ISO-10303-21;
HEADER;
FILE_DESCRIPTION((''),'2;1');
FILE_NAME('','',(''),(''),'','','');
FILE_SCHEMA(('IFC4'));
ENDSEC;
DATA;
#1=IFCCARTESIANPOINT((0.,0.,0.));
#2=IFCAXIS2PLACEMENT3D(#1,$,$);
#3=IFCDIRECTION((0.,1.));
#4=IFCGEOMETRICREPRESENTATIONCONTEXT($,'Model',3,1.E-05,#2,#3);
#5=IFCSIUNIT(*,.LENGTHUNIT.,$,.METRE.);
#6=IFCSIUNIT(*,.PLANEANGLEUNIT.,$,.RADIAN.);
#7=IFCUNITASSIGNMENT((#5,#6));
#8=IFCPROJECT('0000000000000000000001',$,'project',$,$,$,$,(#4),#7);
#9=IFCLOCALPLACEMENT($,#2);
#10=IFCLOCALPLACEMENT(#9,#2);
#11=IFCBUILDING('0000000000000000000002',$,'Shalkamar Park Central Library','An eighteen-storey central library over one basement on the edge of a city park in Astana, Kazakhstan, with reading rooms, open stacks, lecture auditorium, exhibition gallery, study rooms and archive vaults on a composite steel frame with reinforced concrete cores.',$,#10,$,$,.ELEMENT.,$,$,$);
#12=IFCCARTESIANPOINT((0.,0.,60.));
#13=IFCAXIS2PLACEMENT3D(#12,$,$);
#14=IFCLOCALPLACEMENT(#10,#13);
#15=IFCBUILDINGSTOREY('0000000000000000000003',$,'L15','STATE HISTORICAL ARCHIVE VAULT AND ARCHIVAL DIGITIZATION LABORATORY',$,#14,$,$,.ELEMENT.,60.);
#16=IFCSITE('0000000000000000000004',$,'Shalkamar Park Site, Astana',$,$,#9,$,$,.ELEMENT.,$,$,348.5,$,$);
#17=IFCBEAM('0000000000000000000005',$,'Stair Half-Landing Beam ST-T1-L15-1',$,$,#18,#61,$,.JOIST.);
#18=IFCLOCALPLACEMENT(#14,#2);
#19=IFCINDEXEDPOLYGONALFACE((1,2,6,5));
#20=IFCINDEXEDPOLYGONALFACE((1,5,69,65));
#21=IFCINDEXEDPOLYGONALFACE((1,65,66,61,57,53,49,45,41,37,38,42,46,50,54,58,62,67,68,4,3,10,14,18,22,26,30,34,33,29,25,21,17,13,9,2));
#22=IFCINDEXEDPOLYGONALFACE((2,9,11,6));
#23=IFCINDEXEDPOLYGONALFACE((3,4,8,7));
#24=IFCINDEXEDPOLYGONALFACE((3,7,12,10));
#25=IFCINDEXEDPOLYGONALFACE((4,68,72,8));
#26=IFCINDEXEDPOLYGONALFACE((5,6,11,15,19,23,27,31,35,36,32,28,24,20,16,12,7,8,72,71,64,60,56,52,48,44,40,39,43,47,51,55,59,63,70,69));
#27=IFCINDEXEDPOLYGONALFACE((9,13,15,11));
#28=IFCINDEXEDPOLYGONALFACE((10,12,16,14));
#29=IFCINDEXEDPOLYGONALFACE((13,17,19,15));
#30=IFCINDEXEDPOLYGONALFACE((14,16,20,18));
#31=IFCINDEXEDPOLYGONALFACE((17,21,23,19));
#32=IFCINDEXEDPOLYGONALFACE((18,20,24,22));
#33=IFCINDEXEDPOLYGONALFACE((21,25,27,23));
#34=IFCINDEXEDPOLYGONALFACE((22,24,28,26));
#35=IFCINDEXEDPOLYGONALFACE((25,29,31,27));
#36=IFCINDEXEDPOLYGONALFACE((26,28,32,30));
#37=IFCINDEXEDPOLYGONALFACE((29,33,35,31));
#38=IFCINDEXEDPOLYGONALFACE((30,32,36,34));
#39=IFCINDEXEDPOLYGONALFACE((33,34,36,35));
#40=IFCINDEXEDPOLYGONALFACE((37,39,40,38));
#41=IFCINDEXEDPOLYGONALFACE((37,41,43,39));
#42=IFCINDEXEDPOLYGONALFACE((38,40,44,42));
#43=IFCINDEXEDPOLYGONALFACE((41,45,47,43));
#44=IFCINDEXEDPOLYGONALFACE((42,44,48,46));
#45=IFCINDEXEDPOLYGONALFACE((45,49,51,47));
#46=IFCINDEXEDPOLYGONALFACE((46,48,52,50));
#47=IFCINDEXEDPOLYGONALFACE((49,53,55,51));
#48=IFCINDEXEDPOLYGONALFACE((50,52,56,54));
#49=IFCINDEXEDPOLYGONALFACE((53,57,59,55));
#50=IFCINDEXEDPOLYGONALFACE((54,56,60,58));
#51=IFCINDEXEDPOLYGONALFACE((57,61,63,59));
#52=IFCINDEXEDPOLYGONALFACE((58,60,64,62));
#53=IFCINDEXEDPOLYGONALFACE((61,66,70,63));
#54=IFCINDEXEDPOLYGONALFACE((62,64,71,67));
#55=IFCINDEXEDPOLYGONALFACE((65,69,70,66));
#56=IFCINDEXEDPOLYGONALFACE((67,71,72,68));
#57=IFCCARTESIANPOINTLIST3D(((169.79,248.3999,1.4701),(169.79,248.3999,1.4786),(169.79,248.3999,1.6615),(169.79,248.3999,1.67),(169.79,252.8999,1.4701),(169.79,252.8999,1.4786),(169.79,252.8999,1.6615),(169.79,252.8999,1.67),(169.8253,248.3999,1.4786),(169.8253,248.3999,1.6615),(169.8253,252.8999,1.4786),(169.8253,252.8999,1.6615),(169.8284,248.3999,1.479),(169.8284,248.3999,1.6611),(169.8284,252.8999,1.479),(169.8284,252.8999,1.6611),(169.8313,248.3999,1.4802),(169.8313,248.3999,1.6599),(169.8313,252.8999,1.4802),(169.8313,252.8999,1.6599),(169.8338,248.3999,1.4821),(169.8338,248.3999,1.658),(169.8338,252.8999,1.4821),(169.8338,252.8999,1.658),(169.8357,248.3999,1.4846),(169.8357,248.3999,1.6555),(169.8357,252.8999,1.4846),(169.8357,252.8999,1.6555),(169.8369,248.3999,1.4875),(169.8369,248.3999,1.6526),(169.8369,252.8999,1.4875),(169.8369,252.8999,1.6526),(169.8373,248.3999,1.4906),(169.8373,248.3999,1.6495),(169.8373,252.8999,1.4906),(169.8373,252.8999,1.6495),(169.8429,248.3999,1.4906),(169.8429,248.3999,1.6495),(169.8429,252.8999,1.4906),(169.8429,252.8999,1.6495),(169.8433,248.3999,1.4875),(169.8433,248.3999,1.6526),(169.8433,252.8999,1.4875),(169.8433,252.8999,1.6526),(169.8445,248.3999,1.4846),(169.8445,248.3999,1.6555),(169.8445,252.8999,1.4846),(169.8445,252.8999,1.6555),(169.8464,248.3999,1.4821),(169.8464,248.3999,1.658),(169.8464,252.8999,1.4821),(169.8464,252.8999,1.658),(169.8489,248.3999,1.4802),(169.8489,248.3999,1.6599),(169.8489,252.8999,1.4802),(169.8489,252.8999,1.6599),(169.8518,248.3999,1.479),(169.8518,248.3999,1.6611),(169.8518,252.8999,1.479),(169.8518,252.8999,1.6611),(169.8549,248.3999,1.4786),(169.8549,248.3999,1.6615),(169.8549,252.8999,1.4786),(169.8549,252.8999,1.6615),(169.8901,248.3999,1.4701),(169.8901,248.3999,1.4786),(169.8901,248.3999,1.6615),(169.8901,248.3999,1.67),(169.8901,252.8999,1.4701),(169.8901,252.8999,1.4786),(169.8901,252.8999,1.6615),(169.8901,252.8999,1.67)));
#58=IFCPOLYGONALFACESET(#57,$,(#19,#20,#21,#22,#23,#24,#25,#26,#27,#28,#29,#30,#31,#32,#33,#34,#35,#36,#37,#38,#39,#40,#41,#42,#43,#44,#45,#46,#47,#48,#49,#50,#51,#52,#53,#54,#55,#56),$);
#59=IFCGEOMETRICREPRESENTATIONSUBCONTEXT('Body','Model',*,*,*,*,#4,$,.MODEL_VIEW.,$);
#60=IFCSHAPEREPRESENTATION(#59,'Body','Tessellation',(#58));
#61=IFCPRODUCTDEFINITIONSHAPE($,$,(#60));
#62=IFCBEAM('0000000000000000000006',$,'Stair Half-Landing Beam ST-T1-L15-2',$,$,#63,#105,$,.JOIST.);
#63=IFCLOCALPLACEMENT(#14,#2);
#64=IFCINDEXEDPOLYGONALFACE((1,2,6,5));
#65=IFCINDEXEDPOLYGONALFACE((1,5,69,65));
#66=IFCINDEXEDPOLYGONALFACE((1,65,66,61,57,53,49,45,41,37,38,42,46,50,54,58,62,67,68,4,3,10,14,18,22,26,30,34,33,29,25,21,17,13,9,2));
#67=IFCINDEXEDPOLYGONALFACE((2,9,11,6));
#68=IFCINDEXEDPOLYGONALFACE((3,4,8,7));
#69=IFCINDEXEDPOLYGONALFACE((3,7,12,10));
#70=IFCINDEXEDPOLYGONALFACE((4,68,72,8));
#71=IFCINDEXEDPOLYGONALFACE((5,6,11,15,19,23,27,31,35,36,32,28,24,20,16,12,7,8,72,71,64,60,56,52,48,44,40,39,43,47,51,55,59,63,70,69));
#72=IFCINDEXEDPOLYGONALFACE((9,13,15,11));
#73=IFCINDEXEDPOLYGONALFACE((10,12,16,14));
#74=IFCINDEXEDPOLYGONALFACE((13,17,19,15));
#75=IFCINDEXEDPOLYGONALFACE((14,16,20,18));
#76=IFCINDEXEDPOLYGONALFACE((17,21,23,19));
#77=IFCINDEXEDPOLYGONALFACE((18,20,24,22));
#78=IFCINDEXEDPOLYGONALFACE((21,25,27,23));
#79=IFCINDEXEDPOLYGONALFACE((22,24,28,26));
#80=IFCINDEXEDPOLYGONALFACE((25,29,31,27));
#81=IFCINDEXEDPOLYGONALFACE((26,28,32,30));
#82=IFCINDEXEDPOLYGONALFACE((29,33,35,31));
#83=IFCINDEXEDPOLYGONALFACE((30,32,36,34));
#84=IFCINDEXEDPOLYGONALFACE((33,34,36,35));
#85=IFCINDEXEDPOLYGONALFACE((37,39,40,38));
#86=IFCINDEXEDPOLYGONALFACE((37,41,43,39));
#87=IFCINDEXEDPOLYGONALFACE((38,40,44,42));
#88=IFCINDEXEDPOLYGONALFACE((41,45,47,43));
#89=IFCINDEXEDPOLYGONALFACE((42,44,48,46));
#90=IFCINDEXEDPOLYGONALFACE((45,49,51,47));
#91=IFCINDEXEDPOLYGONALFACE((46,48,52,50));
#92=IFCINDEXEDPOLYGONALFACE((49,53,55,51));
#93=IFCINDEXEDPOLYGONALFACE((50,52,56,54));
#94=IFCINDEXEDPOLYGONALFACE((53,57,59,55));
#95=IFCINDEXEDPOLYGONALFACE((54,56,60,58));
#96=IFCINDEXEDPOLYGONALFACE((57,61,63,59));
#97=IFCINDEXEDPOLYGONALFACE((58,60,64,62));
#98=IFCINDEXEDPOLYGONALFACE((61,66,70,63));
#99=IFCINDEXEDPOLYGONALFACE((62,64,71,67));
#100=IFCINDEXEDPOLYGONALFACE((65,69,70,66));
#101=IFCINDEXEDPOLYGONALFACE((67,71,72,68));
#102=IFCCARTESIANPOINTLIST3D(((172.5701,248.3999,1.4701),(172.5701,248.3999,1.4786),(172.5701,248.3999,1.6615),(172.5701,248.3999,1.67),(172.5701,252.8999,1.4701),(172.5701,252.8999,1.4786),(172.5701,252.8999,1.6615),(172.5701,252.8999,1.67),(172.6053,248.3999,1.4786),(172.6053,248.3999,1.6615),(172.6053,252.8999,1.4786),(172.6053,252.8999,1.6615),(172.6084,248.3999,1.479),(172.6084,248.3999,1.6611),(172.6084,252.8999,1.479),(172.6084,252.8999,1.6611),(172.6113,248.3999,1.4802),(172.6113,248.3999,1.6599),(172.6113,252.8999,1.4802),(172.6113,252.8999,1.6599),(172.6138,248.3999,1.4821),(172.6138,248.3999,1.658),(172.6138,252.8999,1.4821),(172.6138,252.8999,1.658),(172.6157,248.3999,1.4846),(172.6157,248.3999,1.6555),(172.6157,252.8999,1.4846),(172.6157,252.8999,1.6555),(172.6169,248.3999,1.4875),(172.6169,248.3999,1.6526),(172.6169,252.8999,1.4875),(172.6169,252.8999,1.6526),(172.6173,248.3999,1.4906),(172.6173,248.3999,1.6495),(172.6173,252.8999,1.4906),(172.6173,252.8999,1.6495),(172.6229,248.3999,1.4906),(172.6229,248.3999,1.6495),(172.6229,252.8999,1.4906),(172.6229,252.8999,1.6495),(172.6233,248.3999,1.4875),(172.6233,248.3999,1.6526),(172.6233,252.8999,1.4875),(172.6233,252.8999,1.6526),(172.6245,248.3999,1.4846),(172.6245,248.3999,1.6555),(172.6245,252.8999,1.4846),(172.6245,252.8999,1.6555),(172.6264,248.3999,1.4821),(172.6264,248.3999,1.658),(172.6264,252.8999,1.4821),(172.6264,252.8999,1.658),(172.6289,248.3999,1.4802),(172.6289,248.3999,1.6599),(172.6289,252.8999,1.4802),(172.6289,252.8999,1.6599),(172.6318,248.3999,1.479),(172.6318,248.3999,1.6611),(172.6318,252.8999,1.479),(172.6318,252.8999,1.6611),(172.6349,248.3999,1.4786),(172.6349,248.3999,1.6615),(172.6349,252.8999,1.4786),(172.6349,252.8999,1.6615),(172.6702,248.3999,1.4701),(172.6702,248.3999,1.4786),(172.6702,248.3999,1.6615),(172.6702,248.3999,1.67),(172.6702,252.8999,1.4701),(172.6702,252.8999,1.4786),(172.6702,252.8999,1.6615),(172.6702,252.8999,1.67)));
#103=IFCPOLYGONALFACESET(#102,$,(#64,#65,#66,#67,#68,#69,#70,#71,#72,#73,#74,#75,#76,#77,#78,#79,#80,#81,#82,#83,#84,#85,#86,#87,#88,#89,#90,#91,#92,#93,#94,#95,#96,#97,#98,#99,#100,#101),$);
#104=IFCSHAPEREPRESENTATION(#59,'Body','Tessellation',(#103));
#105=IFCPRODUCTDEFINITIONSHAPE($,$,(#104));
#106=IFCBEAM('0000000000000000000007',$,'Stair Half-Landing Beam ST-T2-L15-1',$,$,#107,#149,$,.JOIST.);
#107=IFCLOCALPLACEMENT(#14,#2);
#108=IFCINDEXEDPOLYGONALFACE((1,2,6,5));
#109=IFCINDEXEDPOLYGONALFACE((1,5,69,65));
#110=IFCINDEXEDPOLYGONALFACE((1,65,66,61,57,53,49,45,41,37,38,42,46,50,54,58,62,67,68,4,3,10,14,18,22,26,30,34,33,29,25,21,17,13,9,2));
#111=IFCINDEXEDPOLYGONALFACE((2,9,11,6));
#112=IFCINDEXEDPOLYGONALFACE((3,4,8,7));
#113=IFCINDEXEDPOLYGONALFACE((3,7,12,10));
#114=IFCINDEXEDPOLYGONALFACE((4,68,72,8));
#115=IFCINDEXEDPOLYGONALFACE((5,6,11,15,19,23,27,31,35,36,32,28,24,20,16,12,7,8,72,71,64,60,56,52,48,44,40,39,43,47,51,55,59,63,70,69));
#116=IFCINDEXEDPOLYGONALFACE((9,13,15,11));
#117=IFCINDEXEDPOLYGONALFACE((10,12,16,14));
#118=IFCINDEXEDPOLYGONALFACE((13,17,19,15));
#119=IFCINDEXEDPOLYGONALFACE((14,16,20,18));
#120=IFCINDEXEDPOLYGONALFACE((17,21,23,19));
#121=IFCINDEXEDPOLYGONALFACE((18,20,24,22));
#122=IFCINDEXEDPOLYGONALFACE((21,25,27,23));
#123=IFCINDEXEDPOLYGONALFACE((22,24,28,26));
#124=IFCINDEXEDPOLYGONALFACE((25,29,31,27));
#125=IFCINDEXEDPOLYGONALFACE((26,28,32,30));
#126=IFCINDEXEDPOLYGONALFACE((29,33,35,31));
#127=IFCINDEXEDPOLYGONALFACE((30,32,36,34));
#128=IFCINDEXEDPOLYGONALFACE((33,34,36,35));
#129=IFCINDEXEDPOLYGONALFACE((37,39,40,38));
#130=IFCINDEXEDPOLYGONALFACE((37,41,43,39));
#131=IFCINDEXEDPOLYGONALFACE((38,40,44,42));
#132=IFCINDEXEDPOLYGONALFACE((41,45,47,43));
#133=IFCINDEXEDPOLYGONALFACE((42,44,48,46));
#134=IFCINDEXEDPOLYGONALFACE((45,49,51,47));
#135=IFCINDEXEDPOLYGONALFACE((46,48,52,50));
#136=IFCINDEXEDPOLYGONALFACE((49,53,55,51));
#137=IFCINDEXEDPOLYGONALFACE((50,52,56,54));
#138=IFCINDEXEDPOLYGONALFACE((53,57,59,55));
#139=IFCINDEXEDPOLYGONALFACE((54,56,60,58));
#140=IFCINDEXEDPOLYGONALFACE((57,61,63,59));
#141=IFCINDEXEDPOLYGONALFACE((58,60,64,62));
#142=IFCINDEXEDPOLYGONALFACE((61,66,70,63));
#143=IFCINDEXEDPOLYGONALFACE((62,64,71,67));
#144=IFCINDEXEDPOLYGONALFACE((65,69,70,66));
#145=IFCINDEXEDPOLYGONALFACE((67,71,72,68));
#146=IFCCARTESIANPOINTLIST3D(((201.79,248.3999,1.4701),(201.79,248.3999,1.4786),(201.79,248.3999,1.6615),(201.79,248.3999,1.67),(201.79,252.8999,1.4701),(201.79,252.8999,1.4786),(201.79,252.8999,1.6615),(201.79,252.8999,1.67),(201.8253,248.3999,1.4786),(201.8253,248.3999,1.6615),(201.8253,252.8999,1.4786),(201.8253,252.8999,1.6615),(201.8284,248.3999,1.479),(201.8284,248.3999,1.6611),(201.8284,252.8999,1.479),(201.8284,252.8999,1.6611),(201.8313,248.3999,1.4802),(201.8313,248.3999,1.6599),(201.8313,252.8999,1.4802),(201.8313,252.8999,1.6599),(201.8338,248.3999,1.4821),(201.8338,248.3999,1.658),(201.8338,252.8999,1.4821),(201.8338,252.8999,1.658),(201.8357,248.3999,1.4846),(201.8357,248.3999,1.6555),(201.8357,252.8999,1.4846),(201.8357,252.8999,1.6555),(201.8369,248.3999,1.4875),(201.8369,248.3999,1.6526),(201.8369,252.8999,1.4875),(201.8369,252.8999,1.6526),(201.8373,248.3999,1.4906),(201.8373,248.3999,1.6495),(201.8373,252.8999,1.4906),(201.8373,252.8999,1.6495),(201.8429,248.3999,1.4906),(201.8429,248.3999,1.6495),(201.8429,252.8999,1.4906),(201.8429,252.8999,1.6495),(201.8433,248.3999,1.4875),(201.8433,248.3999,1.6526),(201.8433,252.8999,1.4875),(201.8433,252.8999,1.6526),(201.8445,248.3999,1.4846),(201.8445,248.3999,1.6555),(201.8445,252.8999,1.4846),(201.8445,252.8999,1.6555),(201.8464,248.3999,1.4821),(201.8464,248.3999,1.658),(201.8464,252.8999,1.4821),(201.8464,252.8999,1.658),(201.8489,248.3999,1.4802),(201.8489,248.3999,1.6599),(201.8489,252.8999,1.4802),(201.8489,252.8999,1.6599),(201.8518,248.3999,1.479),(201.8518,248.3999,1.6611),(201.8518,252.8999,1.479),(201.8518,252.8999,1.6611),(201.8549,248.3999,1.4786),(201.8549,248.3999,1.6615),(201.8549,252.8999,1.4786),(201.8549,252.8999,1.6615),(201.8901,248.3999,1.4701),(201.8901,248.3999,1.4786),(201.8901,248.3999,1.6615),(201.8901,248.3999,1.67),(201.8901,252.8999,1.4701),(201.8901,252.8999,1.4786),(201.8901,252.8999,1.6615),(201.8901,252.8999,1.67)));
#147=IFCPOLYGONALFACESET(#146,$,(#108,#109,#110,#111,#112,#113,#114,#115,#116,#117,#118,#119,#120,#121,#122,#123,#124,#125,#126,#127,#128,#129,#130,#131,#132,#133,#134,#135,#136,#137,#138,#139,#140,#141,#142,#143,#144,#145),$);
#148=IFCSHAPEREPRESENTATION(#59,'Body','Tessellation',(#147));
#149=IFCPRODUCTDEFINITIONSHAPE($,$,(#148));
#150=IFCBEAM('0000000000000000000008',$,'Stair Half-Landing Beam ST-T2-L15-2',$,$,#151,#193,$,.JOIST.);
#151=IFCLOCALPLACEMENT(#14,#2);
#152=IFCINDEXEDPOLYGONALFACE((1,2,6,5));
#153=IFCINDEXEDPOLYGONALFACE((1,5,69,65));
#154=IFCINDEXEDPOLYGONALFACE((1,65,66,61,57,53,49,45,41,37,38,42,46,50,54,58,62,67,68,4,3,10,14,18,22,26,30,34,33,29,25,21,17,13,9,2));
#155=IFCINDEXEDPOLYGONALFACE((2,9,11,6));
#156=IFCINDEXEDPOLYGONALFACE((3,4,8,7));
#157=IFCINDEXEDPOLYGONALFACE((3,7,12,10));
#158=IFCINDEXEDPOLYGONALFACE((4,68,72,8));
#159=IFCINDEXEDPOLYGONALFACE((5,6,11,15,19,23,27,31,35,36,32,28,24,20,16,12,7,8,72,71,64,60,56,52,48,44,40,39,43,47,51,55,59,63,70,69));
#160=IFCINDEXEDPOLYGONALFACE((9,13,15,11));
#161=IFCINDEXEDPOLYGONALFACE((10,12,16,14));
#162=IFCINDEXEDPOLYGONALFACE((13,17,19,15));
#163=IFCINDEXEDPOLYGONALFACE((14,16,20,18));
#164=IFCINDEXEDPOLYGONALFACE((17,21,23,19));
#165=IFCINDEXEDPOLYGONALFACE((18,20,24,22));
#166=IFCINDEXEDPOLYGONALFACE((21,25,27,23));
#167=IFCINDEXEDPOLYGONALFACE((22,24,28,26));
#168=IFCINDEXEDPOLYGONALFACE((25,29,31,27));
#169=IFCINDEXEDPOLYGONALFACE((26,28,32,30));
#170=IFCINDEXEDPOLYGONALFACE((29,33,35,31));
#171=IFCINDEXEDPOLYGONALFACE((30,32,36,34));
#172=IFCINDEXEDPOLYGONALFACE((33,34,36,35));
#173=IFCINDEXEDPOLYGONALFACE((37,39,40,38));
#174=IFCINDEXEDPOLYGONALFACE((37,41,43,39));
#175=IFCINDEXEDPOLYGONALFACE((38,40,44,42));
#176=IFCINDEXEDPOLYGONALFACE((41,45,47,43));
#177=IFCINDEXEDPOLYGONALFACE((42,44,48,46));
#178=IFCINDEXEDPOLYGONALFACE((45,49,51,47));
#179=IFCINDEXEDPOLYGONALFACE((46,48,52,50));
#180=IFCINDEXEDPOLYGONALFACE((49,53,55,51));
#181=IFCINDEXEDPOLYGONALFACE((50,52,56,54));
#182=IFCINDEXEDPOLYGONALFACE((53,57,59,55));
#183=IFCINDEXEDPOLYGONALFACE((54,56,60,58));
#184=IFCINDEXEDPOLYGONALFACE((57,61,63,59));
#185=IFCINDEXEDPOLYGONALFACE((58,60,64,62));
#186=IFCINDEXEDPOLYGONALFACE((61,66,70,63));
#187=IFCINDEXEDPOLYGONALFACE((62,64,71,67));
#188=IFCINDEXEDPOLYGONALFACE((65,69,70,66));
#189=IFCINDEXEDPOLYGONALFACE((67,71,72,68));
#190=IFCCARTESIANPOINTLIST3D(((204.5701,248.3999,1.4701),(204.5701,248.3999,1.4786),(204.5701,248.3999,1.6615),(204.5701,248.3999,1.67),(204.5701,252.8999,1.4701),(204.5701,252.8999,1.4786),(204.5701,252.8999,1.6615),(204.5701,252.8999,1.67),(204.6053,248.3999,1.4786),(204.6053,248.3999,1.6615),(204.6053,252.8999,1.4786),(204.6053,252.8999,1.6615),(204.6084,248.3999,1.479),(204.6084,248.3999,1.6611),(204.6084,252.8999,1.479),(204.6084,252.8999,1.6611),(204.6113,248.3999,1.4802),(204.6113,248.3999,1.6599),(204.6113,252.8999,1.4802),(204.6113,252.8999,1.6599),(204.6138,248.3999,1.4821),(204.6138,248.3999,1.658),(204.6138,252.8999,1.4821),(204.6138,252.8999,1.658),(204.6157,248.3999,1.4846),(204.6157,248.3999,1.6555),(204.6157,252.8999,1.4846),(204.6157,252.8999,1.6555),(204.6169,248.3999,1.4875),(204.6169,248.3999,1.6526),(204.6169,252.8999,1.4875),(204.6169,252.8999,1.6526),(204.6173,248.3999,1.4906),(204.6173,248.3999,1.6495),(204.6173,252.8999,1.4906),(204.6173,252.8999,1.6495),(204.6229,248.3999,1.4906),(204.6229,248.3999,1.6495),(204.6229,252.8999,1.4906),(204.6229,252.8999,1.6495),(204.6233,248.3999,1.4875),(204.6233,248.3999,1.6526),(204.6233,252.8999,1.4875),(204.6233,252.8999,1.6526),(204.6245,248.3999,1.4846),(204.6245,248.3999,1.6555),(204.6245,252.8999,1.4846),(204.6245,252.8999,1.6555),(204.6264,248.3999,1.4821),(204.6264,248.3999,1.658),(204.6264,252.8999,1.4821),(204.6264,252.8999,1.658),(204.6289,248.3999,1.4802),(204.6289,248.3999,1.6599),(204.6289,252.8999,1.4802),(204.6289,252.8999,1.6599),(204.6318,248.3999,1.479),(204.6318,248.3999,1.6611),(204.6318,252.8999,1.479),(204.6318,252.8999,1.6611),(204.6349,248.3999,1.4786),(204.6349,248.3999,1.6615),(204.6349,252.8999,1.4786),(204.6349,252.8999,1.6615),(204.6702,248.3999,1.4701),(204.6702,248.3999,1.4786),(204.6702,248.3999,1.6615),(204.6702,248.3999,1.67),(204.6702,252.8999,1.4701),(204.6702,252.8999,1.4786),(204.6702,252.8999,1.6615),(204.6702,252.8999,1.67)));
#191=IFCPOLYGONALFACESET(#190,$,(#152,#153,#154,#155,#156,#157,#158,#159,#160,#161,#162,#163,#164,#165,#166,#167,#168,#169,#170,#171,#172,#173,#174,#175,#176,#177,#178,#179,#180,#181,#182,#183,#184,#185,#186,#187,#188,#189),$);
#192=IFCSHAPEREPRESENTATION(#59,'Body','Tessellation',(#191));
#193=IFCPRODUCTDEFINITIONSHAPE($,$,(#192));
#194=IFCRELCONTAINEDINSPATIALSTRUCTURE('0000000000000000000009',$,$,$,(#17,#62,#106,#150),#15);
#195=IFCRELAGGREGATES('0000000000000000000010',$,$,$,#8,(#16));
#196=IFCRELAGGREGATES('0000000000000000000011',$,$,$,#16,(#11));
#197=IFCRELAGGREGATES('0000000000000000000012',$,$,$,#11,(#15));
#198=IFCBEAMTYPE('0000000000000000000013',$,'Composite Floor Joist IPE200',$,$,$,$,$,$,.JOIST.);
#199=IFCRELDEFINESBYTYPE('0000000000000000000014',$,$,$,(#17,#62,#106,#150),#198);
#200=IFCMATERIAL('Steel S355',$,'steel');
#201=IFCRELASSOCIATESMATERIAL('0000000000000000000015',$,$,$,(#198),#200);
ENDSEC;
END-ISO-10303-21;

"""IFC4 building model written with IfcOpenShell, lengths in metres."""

from ifc_helpers import new_model, si_unit, direction, frame, origin, origin_2d, place, context, subcontext, project, spatial, i_section, extrude, material, material_profile, profile_set, type_object, element, save


model = new_model("IFC4")

# Units and contexts
model_context = context("Model", 3, precision=1e-05, world=origin(), true_north=direction((0.0, 1.0)))
body_context = subcontext(model_context, "Body", "Model", "MODEL_VIEW")
ifc_project = project(units=[si_unit("LENGTHUNIT", "METRE"), si_unit("PLANEANGLEUNIT", "RADIAN")], contexts=[model_context])

# Site, building, storey
site_placement = place(None, origin())
site = spatial("IfcSite", under=ifc_project, at=site_placement, Name="Shalkamar Park Site, Astana", CompositionType="ELEMENT", RefElevation=348.5)
building_placement = place(site_placement, origin())
building = spatial("IfcBuilding", under=site, at=building_placement, Name="Shalkamar Park Central Library", Description="An eighteen-storey central library over one basement on the edge of a city park in Astana, Kazakhstan, with reading rooms, open stacks, lecture auditorium, exhibition gallery, study rooms and archive vaults on a composite steel frame with reinforced concrete cores.", CompositionType="ELEMENT")
storey_placement = place(building_placement, frame((0.0, 0.0, 60.0)))
storey = spatial("IfcBuildingStorey", under=building, at=storey_placement, Name="L15", Description="STATE HISTORICAL ARCHIVE VAULT AND ARCHIVAL DIGITIZATION LABORATORY", CompositionType="ELEMENT", Elevation=60.0)

# Beams
ifc_material_1 = material(Name="Steel S355", Category="steel")
ifc_material_profile_1 = material_profile(ifc_material_1, i_section(OverallWidth=0.1001, OverallDepth=0.2, WebThickness=0.0056, FlangeThickness=0.0085, FilletRadius=0.012, at=origin_2d()), Name="IPE 200")
ifc_profile_set_1 = profile_set([ifc_material_profile_1], Name="Steel S355")
beam_type_1 = type_object("IfcBeamType", Name="Composite Floor Joist IPE200", PredefinedType="JOIST", material=ifc_profile_set_1)
for number, where, z_axis, x_axis, name in (
    (1, (169.8401, 248.3999, 1.5701), (0.0, 1.0, 0.0), (-1.0, 0.0, 0.0), "Stair Half-Landing Beam ST-T1-L15-1"),
    (2, (172.6201, 248.3999, 1.5701), (0.0, 1.0, 0.0), (-1.0, 0.0, 0.0), "Stair Half-Landing Beam ST-T1-L15-2"),
    (3, (201.8401, 248.3999, 1.5701), (0.0, 1.0, 0.0), (-1.0, 0.0, 0.0), "Stair Half-Landing Beam ST-T2-L15-1"),
    (4, (204.6201, 248.3999, 1.5701), (0.0, 1.0, 0.0), (-1.0, 0.0, 0.0), "Stair Half-Landing Beam ST-T2-L15-2"),
):
    element("IfcBeam", number, at=place(storey_placement, frame(where, z_axis=z_axis, x_axis=x_axis)), inside=storey, type_object=beam_type_1, Name=name, PredefinedType="JOIST", context=body_context, shape_type="SweptSolid", body=[
        extrude(i_section(OverallWidth=0.1001, OverallDepth=0.2, WebThickness=0.0056, FlangeThickness=0.0085, FilletRadius=0.012, at=origin_2d()), origin(), (0.0, 0.0, 1.0), 4.5),
    ])

save(model, "model.ifc")
